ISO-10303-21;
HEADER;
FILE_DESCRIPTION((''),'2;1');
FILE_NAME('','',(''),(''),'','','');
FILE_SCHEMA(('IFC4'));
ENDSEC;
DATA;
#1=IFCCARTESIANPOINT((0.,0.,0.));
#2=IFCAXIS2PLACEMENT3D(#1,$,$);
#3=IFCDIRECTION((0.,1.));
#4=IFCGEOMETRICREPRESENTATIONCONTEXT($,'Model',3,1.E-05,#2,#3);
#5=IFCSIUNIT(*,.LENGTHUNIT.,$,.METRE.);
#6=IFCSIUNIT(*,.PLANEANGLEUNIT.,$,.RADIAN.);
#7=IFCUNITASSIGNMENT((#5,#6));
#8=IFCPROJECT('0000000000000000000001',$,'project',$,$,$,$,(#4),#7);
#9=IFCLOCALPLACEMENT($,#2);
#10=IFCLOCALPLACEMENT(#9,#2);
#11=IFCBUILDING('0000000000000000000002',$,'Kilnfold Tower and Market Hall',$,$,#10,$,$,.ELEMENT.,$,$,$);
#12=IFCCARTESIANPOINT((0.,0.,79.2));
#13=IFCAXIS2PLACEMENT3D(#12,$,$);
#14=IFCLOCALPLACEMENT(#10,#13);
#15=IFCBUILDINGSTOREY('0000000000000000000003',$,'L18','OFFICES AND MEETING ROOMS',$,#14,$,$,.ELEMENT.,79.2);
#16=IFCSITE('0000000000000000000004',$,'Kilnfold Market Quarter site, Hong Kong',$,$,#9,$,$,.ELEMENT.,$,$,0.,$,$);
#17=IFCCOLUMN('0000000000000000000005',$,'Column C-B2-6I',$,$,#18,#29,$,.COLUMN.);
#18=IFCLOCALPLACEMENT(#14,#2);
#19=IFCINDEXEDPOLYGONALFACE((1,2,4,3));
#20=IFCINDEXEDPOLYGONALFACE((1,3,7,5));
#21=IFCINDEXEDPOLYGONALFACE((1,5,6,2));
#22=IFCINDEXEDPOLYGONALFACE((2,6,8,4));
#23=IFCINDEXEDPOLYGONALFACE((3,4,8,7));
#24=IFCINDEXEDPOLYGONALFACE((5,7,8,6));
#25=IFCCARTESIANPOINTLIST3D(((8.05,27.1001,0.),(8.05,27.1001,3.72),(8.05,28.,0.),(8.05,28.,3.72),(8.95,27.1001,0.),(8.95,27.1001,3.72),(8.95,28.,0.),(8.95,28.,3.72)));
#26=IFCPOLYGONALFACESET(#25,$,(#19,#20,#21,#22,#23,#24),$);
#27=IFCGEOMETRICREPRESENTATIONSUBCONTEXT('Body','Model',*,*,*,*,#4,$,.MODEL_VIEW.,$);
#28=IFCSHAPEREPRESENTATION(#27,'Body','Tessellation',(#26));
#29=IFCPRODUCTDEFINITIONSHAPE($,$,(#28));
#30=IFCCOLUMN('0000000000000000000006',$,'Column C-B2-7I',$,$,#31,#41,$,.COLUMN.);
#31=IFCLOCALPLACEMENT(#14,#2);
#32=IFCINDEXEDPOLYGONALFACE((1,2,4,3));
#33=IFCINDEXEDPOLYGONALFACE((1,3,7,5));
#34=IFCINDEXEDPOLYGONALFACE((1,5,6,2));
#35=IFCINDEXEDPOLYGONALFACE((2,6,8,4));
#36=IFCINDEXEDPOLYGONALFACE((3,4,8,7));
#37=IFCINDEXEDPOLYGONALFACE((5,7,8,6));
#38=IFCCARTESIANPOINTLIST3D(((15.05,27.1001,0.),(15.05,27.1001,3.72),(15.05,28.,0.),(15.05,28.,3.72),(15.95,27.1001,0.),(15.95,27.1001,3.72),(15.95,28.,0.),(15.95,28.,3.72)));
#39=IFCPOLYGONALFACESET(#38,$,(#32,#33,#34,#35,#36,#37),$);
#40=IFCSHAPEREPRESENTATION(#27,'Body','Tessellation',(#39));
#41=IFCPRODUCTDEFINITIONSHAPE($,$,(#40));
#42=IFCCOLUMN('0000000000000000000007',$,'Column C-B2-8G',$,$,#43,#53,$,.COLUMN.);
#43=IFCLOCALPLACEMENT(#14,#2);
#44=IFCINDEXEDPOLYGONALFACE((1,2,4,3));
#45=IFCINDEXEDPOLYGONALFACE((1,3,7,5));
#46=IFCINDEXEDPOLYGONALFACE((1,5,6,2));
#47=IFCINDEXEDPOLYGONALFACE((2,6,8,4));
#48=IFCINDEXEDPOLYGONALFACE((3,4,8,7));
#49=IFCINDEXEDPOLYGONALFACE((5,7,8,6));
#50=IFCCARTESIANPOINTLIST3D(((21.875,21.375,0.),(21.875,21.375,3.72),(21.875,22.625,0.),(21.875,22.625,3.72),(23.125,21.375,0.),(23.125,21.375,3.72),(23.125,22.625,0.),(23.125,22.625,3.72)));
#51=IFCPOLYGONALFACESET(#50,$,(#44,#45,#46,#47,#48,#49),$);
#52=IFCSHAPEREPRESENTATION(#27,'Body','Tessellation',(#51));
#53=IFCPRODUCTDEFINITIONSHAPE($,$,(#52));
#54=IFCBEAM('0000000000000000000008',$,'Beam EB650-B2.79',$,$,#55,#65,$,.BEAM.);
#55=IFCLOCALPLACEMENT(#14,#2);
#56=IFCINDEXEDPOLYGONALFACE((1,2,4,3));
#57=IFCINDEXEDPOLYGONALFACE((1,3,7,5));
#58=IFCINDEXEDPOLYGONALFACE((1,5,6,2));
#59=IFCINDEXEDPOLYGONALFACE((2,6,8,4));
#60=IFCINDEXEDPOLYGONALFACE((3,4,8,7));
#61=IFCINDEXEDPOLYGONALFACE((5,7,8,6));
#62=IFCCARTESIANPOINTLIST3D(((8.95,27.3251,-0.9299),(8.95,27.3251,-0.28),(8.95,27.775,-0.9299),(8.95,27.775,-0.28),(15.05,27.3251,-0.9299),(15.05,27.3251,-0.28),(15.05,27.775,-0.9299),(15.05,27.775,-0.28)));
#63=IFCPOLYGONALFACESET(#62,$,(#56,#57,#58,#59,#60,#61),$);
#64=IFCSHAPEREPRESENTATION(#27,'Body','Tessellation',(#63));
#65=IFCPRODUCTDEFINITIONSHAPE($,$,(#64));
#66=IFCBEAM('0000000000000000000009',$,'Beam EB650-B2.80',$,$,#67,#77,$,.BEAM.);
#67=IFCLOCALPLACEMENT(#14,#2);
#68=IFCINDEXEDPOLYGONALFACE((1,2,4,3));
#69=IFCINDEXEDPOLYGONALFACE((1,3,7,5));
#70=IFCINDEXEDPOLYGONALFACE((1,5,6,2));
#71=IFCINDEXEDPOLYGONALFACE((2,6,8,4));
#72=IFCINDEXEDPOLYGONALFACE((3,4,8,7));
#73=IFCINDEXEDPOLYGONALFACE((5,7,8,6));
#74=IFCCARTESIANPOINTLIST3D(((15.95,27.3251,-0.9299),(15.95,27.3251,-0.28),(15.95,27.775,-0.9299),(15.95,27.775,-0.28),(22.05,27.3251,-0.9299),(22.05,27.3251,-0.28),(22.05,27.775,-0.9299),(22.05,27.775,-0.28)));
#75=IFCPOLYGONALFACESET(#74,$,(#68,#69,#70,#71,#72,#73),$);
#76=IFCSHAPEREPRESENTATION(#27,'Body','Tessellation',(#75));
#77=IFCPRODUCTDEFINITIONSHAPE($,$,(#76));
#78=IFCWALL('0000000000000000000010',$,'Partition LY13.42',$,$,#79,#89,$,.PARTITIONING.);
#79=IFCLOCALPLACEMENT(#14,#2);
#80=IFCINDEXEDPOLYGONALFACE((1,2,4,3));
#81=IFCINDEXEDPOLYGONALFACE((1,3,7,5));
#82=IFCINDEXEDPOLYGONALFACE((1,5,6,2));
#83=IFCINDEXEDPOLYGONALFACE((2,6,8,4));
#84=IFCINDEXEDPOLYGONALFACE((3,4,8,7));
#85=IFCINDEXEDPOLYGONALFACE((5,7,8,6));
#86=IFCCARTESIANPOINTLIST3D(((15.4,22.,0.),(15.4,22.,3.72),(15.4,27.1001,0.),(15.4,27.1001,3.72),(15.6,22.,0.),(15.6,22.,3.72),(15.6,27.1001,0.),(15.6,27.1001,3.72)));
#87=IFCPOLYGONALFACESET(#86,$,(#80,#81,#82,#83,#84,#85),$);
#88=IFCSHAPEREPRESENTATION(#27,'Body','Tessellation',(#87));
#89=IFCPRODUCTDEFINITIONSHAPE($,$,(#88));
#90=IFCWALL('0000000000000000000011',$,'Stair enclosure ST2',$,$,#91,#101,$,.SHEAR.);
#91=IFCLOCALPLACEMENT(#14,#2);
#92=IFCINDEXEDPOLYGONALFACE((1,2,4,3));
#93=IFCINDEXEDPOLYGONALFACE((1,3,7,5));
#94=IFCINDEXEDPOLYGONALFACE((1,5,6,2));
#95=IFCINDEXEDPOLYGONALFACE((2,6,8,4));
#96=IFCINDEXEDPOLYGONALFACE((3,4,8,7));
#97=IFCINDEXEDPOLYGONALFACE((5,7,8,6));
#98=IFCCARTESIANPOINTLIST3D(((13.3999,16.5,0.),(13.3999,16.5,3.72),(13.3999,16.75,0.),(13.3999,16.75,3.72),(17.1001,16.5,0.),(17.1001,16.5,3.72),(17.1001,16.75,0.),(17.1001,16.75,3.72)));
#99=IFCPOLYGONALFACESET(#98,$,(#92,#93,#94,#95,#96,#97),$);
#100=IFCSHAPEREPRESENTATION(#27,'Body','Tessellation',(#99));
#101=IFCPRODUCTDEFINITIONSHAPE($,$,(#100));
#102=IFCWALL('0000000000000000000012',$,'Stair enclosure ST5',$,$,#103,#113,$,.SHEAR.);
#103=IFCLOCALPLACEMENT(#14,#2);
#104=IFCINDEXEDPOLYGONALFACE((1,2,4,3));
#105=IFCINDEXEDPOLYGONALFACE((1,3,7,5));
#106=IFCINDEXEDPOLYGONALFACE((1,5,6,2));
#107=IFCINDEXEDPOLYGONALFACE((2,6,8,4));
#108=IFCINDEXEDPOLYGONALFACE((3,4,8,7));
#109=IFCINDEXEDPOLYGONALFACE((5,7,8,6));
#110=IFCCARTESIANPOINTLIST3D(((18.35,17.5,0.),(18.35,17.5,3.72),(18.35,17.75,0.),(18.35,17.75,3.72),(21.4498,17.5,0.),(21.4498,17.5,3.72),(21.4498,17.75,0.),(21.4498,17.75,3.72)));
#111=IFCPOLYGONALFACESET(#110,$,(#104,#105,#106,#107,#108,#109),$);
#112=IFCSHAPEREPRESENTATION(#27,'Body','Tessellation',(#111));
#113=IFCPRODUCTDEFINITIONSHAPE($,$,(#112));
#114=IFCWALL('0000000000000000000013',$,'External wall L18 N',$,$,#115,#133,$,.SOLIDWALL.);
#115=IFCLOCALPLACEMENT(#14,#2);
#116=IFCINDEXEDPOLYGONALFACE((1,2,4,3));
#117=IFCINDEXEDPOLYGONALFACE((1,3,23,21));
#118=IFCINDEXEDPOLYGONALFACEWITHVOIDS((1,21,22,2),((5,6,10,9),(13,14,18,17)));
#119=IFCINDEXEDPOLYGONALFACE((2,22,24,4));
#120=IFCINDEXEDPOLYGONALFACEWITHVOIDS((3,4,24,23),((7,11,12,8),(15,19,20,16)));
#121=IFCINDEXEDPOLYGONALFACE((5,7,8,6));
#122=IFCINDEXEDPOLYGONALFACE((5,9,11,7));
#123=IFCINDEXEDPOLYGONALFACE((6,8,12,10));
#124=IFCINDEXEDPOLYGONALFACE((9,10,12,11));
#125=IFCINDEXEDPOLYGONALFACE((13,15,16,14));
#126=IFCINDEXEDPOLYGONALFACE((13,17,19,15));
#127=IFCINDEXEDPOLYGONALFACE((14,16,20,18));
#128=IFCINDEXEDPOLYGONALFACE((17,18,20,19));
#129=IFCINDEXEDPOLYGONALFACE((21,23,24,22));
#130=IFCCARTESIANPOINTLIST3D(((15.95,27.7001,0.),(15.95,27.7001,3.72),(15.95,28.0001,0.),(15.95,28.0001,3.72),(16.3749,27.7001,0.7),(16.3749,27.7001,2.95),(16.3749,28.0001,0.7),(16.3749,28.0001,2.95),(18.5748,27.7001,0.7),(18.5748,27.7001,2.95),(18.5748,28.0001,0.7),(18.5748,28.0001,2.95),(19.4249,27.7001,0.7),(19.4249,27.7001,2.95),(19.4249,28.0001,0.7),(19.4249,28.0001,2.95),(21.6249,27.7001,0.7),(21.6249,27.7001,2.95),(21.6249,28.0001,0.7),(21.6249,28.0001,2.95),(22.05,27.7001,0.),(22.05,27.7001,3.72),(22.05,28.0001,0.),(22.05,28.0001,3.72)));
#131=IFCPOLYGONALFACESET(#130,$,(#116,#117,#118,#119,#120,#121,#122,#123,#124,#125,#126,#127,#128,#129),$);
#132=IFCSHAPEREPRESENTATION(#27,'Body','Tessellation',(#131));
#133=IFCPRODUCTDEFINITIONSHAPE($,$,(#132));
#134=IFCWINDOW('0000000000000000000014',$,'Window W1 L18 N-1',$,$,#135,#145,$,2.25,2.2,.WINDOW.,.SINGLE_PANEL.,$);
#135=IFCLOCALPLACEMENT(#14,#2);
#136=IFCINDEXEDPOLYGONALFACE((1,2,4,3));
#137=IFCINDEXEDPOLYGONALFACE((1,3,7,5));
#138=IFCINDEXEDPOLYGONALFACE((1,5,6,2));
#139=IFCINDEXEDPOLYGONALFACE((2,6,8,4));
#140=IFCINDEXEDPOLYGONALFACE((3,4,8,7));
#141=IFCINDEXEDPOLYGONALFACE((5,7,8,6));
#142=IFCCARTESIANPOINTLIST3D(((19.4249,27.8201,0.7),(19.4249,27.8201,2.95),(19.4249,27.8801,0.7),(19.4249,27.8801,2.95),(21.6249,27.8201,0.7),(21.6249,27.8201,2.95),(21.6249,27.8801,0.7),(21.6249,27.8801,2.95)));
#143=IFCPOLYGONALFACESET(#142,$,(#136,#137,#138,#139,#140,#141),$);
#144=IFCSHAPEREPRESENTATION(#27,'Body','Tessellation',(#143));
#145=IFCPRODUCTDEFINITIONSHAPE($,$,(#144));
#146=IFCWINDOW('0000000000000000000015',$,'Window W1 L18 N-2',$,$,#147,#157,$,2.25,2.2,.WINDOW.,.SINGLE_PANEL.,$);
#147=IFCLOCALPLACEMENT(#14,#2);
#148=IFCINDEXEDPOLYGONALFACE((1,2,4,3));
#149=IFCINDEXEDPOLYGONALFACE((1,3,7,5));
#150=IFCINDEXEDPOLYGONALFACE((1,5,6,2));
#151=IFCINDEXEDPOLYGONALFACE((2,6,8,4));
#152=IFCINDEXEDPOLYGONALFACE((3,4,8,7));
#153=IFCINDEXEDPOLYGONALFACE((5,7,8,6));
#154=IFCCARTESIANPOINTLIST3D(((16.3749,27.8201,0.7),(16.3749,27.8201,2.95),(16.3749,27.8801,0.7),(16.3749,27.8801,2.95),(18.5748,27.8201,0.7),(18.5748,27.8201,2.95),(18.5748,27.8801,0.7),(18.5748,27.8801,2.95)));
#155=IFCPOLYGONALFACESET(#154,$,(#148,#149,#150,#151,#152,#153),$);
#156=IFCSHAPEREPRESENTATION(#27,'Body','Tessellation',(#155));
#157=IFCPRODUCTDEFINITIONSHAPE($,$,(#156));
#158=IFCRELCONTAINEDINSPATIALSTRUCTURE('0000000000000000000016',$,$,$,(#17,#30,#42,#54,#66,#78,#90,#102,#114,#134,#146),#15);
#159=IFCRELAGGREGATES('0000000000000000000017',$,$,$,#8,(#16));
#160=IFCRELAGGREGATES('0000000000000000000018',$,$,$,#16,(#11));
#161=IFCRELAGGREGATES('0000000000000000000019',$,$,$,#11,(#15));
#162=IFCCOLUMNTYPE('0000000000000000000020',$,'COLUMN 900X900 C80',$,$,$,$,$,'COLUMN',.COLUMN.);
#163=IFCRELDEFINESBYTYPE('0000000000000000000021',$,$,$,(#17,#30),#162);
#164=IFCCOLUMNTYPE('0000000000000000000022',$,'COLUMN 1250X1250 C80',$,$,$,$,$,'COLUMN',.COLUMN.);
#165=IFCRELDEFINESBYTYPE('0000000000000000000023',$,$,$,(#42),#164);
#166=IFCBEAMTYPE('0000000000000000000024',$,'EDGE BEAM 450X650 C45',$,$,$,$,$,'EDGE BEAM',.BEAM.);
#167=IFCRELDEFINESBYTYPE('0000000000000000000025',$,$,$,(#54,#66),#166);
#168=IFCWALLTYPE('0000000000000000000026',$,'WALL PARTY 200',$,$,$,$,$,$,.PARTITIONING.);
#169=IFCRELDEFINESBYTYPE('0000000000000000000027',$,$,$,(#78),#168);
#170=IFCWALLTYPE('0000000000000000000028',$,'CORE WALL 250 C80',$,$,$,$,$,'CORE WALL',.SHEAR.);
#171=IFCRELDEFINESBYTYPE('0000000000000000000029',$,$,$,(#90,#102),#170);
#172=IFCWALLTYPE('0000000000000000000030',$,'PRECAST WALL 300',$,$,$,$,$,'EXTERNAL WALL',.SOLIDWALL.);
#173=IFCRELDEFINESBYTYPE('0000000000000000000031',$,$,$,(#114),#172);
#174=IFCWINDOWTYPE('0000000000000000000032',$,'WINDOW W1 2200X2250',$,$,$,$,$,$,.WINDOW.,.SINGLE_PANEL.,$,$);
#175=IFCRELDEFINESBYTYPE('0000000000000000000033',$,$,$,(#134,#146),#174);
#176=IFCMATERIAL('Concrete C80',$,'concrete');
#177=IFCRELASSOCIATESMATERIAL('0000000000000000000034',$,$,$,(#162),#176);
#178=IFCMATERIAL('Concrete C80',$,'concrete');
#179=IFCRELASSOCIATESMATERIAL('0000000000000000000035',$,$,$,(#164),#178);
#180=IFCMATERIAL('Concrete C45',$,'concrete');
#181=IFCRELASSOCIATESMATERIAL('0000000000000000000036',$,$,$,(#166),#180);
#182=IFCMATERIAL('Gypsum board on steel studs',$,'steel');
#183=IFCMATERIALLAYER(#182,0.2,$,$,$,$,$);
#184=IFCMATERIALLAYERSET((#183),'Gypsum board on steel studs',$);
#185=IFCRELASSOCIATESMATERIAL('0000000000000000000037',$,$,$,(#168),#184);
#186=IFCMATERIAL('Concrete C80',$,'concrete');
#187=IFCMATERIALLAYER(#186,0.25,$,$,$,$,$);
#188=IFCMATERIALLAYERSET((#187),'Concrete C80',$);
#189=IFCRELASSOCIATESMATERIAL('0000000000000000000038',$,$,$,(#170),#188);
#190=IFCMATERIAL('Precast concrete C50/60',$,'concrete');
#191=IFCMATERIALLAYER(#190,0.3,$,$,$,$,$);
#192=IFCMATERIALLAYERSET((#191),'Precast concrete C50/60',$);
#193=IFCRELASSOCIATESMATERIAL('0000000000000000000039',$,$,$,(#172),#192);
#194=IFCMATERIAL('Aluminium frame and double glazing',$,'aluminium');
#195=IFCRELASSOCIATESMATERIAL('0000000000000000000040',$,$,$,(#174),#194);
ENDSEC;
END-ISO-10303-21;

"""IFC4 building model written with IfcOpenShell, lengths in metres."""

from ifc_helpers import new_model, si_unit, direction, frame, frame_2d, origin, origin_2d, place, context, subcontext, project, spatial, rectangle, extrude, source, transform, mapped, material, layer, layer_set, material_profile, profile_set, type_object, element, fill, save


model = new_model("IFC4")

# Units and contexts
model_context = context("Model", 3, precision=1e-05, world=origin(), true_north=direction((0.0, 1.0)))
body_context = subcontext(model_context, "Body", "Model", "MODEL_VIEW")
ifc_project = project(units=[si_unit("LENGTHUNIT", "METRE"), si_unit("PLANEANGLEUNIT", "RADIAN")], contexts=[model_context])

# Site, building, storey
site_placement = place(None, origin())
site = spatial("IfcSite", under=ifc_project, at=site_placement, Name="Kilnfold Market Quarter site, Hong Kong", CompositionType="ELEMENT", RefElevation=0.0)
building_placement = place(site_placement, origin())
building = spatial("IfcBuilding", under=site, at=building_placement, Name="Kilnfold Tower and Market Hall", CompositionType="ELEMENT")
storey_placement = place(building_placement, frame((0.0, 0.0, 79.2)))
storey = spatial("IfcBuildingStorey", under=building, at=storey_placement, Name="L18", Description="OFFICES AND MEETING ROOMS", CompositionType="ELEMENT", Elevation=79.2)

# Columns
ifc_material_1 = material(Name="Concrete C80", Category="concrete")
ifc_material_profile_1 = material_profile(ifc_material_1, rectangle(XDim=0.8999, YDim=0.8999, at=origin_2d()), Name="RC 900x900")
ifc_profile_set_1 = profile_set([ifc_material_profile_1], Name="Concrete C80")
column_type_1 = type_object("IfcColumnType", Name="COLUMN 900X900 C80", ElementType="COLUMN", PredefinedType="COLUMN", material=ifc_profile_set_1)
shared_shape_1 = source(origin(), body_context, "Body", "SweptSolid", [
    extrude(rectangle(XDim=0.8999, YDim=0.8999, at=origin_2d()), origin(), (0.0, 0.0, 1.0), 3.72),
])
for number, where, z_axis, x_axis, name in (
    (1, (8.5, 27.55, 0.0), (0.0, 0.0, 1.0), (1.0, 0.0, 0.0), "Column C-B2-6I"),
    (2, (15.5, 27.55, 0.0), (0.0, 0.0, 1.0), (1.0, 0.0, 0.0), "Column C-B2-7I"),
):
    element("IfcColumn", number, at=place(storey_placement, frame(where, z_axis=z_axis, x_axis=x_axis)), inside=storey, type_object=column_type_1, Name=name, PredefinedType="COLUMN", context=body_context, shape_type="MappedRepresentation", body=[
        mapped(shared_shape_1, transform((0.0, 0.0, 0.0))),
    ])
ifc_material_2 = material(Name="Concrete C80", Category="concrete")
ifc_material_profile_2 = material_profile(ifc_material_2, rectangle(XDim=1.25, YDim=1.25, at=origin_2d()), Name="RC 1250x1250")
ifc_profile_set_2 = profile_set([ifc_material_profile_2], Name="Concrete C80")
column_type_2 = type_object("IfcColumnType", Name="COLUMN 1250X1250 C80", ElementType="COLUMN", PredefinedType="COLUMN", material=ifc_profile_set_2)
shared_shape_2 = source(origin(), body_context, "Body", "SweptSolid", [
    extrude(rectangle(XDim=1.25, YDim=1.25, at=origin_2d()), origin(), (0.0, 0.0, 1.0), 3.72),
])
column_placement = place(storey_placement, frame((22.5, 22.0, 0.0), z_axis=(0.0, 0.0, 1.0), x_axis=(1.0, 0.0, 0.0)))
element("IfcColumn", 3, at=column_placement, inside=storey, type_object=column_type_2, Name="Column C-B2-8G", PredefinedType="COLUMN", context=body_context, shape_type="MappedRepresentation", body=[
    mapped(shared_shape_2, transform((0.0, 0.0, 0.0))),
])

# Beams
ifc_material_3 = material(Name="Concrete C45", Category="concrete")
ifc_material_profile_3 = material_profile(ifc_material_3, rectangle(XDim=0.45, YDim=0.6499, at=origin_2d()), Name="RC 450x650")
ifc_profile_set_3 = profile_set([ifc_material_profile_3], Name="Concrete C45")
beam_type = type_object("IfcBeamType", Name="EDGE BEAM 450X650 C45", ElementType="EDGE BEAM", PredefinedType="BEAM", material=ifc_profile_set_3)
shared_shape_3 = source(origin(), body_context, "Body", "SweptSolid", [
    extrude(rectangle(XDim=0.45, YDim=0.6499, at=origin_2d()), origin(), (0.0, 0.0, 1.0), 6.1001),
])
for number, where, z_axis, x_axis, name in (
    (4, (8.95, 27.55, -0.605), (1.0, 0.0, 0.0), (0.0, 1.0, 0.0), "Beam EB650-B2.79"),
    (5, (15.95, 27.55, -0.605), (1.0, 0.0, 0.0), (0.0, 1.0, 0.0), "Beam EB650-B2.80"),
):
    element("IfcBeam", number, at=place(storey_placement, frame(where, z_axis=z_axis, x_axis=x_axis)), inside=storey, type_object=beam_type, Name=name, PredefinedType="BEAM", context=body_context, shape_type="MappedRepresentation", body=[
        mapped(shared_shape_3, transform((0.0, 0.0, 0.0))),
    ])

# Walls
ifc_material_4 = material(Name="Gypsum board on steel studs", Category="steel")
ifc_layer_1 = layer(ifc_material_4, 0.2)
ifc_layer_set_1 = layer_set([ifc_layer_1], Name="Gypsum board on steel studs")
wall_type_1 = type_object("IfcWallType", Name="WALL PARTY 200", PredefinedType="PARTITIONING", material=ifc_layer_set_1)
wall_1_placement = place(storey_placement, frame((15.5, 22.0, 0.0), z_axis=(0.0, 0.0, 1.0), x_axis=(0.0, 1.0, 0.0)))
element("IfcWall", 6, at=wall_1_placement, inside=storey, type_object=wall_type_1, Name="Partition LY13.42", PredefinedType="PARTITIONING", context=body_context, shape_type="SweptSolid", body=[
    extrude(rectangle(XDim=5.1001, YDim=0.2, at=frame_2d((2.55, 0.0))), origin(), (0.0, 0.0, 1.0), 3.72),
])
ifc_material_5 = material(Name="Concrete C80", Category="concrete")
ifc_layer_2 = layer(ifc_material_5, 0.25)
ifc_layer_set_2 = layer_set([ifc_layer_2], Name="Concrete C80")
wall_type_2 = type_object("IfcWallType", Name="CORE WALL 250 C80", ElementType="CORE WALL", PredefinedType="SHEAR", material=ifc_layer_set_2)
shared_shape_4 = source(origin(), body_context, "Body", "SweptSolid", [
    extrude(rectangle(XDim=3.7002, YDim=0.25, at=frame_2d((1.8501, 0.0))), origin(), (0.0, 0.0, 1.0), 3.72),
])
wall_2_placement = place(storey_placement, frame((13.3999, 16.625, 0.0), z_axis=(0.0, 0.0, 1.0), x_axis=(1.0, 0.0, 0.0)))
element("IfcWall", 7, at=wall_2_placement, inside=storey, type_object=wall_type_2, Name="Stair enclosure ST2", PredefinedType="SHEAR", context=body_context, shape_type="MappedRepresentation", body=[
    mapped(shared_shape_4, transform((0.0, 0.0, 0.0))),
])
shared_shape_5 = source(origin(), body_context, "Body", "SweptSolid", [
    extrude(rectangle(XDim=3.0999, YDim=0.25, at=frame_2d((1.5498, 0.0))), origin(), (0.0, 0.0, 1.0), 3.72),
])
wall_3_placement = place(storey_placement, frame((18.3501, 17.625, 0.0), z_axis=(0.0, 0.0, 1.0), x_axis=(1.0, 0.0, 0.0)))
element("IfcWall", 8, at=wall_3_placement, inside=storey, type_object=wall_type_2, Name="Stair enclosure ST5", PredefinedType="SHEAR", context=body_context, shape_type="MappedRepresentation", body=[
    mapped(shared_shape_5, transform((0.0, 0.0, 0.0))),
])

# Wall, openings, windows
ifc_material_6 = material(Name="Precast concrete C50/60", Category="concrete")
ifc_layer_3 = layer(ifc_material_6, 0.3)
ifc_layer_set_3 = layer_set([ifc_layer_3], Name="Precast concrete C50/60")
wall_type_3 = type_object("IfcWallType", Name="PRECAST WALL 300", ElementType="EXTERNAL WALL", PredefinedType="SOLIDWALL", material=ifc_layer_set_3)
shared_shape_6 = source(origin(), body_context, "Body", "SweptSolid", [
    extrude(rectangle(XDim=6.1001, YDim=0.3, at=frame_2d((3.05, 0.0))), origin(), (0.0, 0.0, 1.0), 3.72),
])
wall_4_placement = place(storey_placement, frame((22.05, 27.8501, 0.0), z_axis=(0.0, 0.0, 1.0), x_axis=(-1.0, 0.0, 0.0)))
wall_4 = element("IfcWall", 9, at=wall_4_placement, inside=storey, type_object=wall_type_3, Name="External wall L18 N", PredefinedType="SOLIDWALL", context=body_context, shape_type="MappedRepresentation", body=[
    mapped(shared_shape_6, transform((0.0, 0.0, 0.0))),
])
opening_1_placement = place(wall_4_placement, frame((0.425, 0.0, 0.7)))
opening_1 = element("IfcOpeningElement", 10, at=opening_1_placement, cuts=wall_4, PredefinedType="OPENING", context=body_context, shape_type="SweptSolid", body=[
    extrude(rectangle(XDim=2.2, YDim=2.25, at=frame_2d((1.1001, 1.125))), frame((0.0, 0.1602, 0.0), z_axis=(0.0, -1.0, 0.0), x_axis=(1.0, 0.0, 0.0)), (0.0, 0.0, 1.0), 0.3201),
])
opening_2_placement = place(wall_4_placement, frame((3.4751, 0.0, 0.7)))
opening_2 = element("IfcOpeningElement", 11, at=opening_2_placement, cuts=wall_4, PredefinedType="OPENING", context=body_context, shape_type="SweptSolid", body=[
    extrude(rectangle(XDim=2.2, YDim=2.25, at=frame_2d((1.1001, 1.125))), frame((0.0, 0.1602, 0.0), z_axis=(0.0, -1.0, 0.0), x_axis=(1.0, 0.0, 0.0)), (0.0, 0.0, 1.0), 0.3201),
])
ifc_material_7 = material(Name="Aluminium frame and double glazing", Category="aluminium")
window_type = type_object("IfcWindowType", Name="WINDOW W1 2200X2250", PartitioningType="SINGLE_PANEL", PredefinedType="WINDOW", material=ifc_material_7)
window_1_placement = place(opening_1_placement, origin())
window_1 = element("IfcWindow", 12, at=window_1_placement, inside=storey, type_object=window_type, Name="Window W1 L18 N-1", OverallHeight=2.25, OverallWidth=2.2, PartitioningType="SINGLE_PANEL", PredefinedType="WINDOW", context=body_context, shape_type="SweptSolid", body=[
    extrude(rectangle(XDim=2.2, YDim=2.25, at=frame_2d((1.1001, 1.125))), frame((0.0, 0.03, 0.0), z_axis=(0.0, -1.0, 0.0), x_axis=(1.0, 0.0, 0.0)), (0.0, 0.0, 1.0), 0.0601),
])
fill(opening_1, window_1)
window_2_placement = place(opening_2_placement, origin())
window_2 = element("IfcWindow", 13, at=window_2_placement, inside=storey, type_object=window_type, Name="Window W1 L18 N-2", OverallHeight=2.25, OverallWidth=2.2, PartitioningType="SINGLE_PANEL", PredefinedType="WINDOW", context=body_context, shape_type="SweptSolid", body=[
    extrude(rectangle(XDim=2.2, YDim=2.25, at=frame_2d((1.1001, 1.125))), frame((0.0, 0.03, 0.0), z_axis=(0.0, -1.0, 0.0), x_axis=(1.0, 0.0, 0.0)), (0.0, 0.0, 1.0), 0.0601),
])
fill(opening_2, window_2)

save(model, "model.ifc")
